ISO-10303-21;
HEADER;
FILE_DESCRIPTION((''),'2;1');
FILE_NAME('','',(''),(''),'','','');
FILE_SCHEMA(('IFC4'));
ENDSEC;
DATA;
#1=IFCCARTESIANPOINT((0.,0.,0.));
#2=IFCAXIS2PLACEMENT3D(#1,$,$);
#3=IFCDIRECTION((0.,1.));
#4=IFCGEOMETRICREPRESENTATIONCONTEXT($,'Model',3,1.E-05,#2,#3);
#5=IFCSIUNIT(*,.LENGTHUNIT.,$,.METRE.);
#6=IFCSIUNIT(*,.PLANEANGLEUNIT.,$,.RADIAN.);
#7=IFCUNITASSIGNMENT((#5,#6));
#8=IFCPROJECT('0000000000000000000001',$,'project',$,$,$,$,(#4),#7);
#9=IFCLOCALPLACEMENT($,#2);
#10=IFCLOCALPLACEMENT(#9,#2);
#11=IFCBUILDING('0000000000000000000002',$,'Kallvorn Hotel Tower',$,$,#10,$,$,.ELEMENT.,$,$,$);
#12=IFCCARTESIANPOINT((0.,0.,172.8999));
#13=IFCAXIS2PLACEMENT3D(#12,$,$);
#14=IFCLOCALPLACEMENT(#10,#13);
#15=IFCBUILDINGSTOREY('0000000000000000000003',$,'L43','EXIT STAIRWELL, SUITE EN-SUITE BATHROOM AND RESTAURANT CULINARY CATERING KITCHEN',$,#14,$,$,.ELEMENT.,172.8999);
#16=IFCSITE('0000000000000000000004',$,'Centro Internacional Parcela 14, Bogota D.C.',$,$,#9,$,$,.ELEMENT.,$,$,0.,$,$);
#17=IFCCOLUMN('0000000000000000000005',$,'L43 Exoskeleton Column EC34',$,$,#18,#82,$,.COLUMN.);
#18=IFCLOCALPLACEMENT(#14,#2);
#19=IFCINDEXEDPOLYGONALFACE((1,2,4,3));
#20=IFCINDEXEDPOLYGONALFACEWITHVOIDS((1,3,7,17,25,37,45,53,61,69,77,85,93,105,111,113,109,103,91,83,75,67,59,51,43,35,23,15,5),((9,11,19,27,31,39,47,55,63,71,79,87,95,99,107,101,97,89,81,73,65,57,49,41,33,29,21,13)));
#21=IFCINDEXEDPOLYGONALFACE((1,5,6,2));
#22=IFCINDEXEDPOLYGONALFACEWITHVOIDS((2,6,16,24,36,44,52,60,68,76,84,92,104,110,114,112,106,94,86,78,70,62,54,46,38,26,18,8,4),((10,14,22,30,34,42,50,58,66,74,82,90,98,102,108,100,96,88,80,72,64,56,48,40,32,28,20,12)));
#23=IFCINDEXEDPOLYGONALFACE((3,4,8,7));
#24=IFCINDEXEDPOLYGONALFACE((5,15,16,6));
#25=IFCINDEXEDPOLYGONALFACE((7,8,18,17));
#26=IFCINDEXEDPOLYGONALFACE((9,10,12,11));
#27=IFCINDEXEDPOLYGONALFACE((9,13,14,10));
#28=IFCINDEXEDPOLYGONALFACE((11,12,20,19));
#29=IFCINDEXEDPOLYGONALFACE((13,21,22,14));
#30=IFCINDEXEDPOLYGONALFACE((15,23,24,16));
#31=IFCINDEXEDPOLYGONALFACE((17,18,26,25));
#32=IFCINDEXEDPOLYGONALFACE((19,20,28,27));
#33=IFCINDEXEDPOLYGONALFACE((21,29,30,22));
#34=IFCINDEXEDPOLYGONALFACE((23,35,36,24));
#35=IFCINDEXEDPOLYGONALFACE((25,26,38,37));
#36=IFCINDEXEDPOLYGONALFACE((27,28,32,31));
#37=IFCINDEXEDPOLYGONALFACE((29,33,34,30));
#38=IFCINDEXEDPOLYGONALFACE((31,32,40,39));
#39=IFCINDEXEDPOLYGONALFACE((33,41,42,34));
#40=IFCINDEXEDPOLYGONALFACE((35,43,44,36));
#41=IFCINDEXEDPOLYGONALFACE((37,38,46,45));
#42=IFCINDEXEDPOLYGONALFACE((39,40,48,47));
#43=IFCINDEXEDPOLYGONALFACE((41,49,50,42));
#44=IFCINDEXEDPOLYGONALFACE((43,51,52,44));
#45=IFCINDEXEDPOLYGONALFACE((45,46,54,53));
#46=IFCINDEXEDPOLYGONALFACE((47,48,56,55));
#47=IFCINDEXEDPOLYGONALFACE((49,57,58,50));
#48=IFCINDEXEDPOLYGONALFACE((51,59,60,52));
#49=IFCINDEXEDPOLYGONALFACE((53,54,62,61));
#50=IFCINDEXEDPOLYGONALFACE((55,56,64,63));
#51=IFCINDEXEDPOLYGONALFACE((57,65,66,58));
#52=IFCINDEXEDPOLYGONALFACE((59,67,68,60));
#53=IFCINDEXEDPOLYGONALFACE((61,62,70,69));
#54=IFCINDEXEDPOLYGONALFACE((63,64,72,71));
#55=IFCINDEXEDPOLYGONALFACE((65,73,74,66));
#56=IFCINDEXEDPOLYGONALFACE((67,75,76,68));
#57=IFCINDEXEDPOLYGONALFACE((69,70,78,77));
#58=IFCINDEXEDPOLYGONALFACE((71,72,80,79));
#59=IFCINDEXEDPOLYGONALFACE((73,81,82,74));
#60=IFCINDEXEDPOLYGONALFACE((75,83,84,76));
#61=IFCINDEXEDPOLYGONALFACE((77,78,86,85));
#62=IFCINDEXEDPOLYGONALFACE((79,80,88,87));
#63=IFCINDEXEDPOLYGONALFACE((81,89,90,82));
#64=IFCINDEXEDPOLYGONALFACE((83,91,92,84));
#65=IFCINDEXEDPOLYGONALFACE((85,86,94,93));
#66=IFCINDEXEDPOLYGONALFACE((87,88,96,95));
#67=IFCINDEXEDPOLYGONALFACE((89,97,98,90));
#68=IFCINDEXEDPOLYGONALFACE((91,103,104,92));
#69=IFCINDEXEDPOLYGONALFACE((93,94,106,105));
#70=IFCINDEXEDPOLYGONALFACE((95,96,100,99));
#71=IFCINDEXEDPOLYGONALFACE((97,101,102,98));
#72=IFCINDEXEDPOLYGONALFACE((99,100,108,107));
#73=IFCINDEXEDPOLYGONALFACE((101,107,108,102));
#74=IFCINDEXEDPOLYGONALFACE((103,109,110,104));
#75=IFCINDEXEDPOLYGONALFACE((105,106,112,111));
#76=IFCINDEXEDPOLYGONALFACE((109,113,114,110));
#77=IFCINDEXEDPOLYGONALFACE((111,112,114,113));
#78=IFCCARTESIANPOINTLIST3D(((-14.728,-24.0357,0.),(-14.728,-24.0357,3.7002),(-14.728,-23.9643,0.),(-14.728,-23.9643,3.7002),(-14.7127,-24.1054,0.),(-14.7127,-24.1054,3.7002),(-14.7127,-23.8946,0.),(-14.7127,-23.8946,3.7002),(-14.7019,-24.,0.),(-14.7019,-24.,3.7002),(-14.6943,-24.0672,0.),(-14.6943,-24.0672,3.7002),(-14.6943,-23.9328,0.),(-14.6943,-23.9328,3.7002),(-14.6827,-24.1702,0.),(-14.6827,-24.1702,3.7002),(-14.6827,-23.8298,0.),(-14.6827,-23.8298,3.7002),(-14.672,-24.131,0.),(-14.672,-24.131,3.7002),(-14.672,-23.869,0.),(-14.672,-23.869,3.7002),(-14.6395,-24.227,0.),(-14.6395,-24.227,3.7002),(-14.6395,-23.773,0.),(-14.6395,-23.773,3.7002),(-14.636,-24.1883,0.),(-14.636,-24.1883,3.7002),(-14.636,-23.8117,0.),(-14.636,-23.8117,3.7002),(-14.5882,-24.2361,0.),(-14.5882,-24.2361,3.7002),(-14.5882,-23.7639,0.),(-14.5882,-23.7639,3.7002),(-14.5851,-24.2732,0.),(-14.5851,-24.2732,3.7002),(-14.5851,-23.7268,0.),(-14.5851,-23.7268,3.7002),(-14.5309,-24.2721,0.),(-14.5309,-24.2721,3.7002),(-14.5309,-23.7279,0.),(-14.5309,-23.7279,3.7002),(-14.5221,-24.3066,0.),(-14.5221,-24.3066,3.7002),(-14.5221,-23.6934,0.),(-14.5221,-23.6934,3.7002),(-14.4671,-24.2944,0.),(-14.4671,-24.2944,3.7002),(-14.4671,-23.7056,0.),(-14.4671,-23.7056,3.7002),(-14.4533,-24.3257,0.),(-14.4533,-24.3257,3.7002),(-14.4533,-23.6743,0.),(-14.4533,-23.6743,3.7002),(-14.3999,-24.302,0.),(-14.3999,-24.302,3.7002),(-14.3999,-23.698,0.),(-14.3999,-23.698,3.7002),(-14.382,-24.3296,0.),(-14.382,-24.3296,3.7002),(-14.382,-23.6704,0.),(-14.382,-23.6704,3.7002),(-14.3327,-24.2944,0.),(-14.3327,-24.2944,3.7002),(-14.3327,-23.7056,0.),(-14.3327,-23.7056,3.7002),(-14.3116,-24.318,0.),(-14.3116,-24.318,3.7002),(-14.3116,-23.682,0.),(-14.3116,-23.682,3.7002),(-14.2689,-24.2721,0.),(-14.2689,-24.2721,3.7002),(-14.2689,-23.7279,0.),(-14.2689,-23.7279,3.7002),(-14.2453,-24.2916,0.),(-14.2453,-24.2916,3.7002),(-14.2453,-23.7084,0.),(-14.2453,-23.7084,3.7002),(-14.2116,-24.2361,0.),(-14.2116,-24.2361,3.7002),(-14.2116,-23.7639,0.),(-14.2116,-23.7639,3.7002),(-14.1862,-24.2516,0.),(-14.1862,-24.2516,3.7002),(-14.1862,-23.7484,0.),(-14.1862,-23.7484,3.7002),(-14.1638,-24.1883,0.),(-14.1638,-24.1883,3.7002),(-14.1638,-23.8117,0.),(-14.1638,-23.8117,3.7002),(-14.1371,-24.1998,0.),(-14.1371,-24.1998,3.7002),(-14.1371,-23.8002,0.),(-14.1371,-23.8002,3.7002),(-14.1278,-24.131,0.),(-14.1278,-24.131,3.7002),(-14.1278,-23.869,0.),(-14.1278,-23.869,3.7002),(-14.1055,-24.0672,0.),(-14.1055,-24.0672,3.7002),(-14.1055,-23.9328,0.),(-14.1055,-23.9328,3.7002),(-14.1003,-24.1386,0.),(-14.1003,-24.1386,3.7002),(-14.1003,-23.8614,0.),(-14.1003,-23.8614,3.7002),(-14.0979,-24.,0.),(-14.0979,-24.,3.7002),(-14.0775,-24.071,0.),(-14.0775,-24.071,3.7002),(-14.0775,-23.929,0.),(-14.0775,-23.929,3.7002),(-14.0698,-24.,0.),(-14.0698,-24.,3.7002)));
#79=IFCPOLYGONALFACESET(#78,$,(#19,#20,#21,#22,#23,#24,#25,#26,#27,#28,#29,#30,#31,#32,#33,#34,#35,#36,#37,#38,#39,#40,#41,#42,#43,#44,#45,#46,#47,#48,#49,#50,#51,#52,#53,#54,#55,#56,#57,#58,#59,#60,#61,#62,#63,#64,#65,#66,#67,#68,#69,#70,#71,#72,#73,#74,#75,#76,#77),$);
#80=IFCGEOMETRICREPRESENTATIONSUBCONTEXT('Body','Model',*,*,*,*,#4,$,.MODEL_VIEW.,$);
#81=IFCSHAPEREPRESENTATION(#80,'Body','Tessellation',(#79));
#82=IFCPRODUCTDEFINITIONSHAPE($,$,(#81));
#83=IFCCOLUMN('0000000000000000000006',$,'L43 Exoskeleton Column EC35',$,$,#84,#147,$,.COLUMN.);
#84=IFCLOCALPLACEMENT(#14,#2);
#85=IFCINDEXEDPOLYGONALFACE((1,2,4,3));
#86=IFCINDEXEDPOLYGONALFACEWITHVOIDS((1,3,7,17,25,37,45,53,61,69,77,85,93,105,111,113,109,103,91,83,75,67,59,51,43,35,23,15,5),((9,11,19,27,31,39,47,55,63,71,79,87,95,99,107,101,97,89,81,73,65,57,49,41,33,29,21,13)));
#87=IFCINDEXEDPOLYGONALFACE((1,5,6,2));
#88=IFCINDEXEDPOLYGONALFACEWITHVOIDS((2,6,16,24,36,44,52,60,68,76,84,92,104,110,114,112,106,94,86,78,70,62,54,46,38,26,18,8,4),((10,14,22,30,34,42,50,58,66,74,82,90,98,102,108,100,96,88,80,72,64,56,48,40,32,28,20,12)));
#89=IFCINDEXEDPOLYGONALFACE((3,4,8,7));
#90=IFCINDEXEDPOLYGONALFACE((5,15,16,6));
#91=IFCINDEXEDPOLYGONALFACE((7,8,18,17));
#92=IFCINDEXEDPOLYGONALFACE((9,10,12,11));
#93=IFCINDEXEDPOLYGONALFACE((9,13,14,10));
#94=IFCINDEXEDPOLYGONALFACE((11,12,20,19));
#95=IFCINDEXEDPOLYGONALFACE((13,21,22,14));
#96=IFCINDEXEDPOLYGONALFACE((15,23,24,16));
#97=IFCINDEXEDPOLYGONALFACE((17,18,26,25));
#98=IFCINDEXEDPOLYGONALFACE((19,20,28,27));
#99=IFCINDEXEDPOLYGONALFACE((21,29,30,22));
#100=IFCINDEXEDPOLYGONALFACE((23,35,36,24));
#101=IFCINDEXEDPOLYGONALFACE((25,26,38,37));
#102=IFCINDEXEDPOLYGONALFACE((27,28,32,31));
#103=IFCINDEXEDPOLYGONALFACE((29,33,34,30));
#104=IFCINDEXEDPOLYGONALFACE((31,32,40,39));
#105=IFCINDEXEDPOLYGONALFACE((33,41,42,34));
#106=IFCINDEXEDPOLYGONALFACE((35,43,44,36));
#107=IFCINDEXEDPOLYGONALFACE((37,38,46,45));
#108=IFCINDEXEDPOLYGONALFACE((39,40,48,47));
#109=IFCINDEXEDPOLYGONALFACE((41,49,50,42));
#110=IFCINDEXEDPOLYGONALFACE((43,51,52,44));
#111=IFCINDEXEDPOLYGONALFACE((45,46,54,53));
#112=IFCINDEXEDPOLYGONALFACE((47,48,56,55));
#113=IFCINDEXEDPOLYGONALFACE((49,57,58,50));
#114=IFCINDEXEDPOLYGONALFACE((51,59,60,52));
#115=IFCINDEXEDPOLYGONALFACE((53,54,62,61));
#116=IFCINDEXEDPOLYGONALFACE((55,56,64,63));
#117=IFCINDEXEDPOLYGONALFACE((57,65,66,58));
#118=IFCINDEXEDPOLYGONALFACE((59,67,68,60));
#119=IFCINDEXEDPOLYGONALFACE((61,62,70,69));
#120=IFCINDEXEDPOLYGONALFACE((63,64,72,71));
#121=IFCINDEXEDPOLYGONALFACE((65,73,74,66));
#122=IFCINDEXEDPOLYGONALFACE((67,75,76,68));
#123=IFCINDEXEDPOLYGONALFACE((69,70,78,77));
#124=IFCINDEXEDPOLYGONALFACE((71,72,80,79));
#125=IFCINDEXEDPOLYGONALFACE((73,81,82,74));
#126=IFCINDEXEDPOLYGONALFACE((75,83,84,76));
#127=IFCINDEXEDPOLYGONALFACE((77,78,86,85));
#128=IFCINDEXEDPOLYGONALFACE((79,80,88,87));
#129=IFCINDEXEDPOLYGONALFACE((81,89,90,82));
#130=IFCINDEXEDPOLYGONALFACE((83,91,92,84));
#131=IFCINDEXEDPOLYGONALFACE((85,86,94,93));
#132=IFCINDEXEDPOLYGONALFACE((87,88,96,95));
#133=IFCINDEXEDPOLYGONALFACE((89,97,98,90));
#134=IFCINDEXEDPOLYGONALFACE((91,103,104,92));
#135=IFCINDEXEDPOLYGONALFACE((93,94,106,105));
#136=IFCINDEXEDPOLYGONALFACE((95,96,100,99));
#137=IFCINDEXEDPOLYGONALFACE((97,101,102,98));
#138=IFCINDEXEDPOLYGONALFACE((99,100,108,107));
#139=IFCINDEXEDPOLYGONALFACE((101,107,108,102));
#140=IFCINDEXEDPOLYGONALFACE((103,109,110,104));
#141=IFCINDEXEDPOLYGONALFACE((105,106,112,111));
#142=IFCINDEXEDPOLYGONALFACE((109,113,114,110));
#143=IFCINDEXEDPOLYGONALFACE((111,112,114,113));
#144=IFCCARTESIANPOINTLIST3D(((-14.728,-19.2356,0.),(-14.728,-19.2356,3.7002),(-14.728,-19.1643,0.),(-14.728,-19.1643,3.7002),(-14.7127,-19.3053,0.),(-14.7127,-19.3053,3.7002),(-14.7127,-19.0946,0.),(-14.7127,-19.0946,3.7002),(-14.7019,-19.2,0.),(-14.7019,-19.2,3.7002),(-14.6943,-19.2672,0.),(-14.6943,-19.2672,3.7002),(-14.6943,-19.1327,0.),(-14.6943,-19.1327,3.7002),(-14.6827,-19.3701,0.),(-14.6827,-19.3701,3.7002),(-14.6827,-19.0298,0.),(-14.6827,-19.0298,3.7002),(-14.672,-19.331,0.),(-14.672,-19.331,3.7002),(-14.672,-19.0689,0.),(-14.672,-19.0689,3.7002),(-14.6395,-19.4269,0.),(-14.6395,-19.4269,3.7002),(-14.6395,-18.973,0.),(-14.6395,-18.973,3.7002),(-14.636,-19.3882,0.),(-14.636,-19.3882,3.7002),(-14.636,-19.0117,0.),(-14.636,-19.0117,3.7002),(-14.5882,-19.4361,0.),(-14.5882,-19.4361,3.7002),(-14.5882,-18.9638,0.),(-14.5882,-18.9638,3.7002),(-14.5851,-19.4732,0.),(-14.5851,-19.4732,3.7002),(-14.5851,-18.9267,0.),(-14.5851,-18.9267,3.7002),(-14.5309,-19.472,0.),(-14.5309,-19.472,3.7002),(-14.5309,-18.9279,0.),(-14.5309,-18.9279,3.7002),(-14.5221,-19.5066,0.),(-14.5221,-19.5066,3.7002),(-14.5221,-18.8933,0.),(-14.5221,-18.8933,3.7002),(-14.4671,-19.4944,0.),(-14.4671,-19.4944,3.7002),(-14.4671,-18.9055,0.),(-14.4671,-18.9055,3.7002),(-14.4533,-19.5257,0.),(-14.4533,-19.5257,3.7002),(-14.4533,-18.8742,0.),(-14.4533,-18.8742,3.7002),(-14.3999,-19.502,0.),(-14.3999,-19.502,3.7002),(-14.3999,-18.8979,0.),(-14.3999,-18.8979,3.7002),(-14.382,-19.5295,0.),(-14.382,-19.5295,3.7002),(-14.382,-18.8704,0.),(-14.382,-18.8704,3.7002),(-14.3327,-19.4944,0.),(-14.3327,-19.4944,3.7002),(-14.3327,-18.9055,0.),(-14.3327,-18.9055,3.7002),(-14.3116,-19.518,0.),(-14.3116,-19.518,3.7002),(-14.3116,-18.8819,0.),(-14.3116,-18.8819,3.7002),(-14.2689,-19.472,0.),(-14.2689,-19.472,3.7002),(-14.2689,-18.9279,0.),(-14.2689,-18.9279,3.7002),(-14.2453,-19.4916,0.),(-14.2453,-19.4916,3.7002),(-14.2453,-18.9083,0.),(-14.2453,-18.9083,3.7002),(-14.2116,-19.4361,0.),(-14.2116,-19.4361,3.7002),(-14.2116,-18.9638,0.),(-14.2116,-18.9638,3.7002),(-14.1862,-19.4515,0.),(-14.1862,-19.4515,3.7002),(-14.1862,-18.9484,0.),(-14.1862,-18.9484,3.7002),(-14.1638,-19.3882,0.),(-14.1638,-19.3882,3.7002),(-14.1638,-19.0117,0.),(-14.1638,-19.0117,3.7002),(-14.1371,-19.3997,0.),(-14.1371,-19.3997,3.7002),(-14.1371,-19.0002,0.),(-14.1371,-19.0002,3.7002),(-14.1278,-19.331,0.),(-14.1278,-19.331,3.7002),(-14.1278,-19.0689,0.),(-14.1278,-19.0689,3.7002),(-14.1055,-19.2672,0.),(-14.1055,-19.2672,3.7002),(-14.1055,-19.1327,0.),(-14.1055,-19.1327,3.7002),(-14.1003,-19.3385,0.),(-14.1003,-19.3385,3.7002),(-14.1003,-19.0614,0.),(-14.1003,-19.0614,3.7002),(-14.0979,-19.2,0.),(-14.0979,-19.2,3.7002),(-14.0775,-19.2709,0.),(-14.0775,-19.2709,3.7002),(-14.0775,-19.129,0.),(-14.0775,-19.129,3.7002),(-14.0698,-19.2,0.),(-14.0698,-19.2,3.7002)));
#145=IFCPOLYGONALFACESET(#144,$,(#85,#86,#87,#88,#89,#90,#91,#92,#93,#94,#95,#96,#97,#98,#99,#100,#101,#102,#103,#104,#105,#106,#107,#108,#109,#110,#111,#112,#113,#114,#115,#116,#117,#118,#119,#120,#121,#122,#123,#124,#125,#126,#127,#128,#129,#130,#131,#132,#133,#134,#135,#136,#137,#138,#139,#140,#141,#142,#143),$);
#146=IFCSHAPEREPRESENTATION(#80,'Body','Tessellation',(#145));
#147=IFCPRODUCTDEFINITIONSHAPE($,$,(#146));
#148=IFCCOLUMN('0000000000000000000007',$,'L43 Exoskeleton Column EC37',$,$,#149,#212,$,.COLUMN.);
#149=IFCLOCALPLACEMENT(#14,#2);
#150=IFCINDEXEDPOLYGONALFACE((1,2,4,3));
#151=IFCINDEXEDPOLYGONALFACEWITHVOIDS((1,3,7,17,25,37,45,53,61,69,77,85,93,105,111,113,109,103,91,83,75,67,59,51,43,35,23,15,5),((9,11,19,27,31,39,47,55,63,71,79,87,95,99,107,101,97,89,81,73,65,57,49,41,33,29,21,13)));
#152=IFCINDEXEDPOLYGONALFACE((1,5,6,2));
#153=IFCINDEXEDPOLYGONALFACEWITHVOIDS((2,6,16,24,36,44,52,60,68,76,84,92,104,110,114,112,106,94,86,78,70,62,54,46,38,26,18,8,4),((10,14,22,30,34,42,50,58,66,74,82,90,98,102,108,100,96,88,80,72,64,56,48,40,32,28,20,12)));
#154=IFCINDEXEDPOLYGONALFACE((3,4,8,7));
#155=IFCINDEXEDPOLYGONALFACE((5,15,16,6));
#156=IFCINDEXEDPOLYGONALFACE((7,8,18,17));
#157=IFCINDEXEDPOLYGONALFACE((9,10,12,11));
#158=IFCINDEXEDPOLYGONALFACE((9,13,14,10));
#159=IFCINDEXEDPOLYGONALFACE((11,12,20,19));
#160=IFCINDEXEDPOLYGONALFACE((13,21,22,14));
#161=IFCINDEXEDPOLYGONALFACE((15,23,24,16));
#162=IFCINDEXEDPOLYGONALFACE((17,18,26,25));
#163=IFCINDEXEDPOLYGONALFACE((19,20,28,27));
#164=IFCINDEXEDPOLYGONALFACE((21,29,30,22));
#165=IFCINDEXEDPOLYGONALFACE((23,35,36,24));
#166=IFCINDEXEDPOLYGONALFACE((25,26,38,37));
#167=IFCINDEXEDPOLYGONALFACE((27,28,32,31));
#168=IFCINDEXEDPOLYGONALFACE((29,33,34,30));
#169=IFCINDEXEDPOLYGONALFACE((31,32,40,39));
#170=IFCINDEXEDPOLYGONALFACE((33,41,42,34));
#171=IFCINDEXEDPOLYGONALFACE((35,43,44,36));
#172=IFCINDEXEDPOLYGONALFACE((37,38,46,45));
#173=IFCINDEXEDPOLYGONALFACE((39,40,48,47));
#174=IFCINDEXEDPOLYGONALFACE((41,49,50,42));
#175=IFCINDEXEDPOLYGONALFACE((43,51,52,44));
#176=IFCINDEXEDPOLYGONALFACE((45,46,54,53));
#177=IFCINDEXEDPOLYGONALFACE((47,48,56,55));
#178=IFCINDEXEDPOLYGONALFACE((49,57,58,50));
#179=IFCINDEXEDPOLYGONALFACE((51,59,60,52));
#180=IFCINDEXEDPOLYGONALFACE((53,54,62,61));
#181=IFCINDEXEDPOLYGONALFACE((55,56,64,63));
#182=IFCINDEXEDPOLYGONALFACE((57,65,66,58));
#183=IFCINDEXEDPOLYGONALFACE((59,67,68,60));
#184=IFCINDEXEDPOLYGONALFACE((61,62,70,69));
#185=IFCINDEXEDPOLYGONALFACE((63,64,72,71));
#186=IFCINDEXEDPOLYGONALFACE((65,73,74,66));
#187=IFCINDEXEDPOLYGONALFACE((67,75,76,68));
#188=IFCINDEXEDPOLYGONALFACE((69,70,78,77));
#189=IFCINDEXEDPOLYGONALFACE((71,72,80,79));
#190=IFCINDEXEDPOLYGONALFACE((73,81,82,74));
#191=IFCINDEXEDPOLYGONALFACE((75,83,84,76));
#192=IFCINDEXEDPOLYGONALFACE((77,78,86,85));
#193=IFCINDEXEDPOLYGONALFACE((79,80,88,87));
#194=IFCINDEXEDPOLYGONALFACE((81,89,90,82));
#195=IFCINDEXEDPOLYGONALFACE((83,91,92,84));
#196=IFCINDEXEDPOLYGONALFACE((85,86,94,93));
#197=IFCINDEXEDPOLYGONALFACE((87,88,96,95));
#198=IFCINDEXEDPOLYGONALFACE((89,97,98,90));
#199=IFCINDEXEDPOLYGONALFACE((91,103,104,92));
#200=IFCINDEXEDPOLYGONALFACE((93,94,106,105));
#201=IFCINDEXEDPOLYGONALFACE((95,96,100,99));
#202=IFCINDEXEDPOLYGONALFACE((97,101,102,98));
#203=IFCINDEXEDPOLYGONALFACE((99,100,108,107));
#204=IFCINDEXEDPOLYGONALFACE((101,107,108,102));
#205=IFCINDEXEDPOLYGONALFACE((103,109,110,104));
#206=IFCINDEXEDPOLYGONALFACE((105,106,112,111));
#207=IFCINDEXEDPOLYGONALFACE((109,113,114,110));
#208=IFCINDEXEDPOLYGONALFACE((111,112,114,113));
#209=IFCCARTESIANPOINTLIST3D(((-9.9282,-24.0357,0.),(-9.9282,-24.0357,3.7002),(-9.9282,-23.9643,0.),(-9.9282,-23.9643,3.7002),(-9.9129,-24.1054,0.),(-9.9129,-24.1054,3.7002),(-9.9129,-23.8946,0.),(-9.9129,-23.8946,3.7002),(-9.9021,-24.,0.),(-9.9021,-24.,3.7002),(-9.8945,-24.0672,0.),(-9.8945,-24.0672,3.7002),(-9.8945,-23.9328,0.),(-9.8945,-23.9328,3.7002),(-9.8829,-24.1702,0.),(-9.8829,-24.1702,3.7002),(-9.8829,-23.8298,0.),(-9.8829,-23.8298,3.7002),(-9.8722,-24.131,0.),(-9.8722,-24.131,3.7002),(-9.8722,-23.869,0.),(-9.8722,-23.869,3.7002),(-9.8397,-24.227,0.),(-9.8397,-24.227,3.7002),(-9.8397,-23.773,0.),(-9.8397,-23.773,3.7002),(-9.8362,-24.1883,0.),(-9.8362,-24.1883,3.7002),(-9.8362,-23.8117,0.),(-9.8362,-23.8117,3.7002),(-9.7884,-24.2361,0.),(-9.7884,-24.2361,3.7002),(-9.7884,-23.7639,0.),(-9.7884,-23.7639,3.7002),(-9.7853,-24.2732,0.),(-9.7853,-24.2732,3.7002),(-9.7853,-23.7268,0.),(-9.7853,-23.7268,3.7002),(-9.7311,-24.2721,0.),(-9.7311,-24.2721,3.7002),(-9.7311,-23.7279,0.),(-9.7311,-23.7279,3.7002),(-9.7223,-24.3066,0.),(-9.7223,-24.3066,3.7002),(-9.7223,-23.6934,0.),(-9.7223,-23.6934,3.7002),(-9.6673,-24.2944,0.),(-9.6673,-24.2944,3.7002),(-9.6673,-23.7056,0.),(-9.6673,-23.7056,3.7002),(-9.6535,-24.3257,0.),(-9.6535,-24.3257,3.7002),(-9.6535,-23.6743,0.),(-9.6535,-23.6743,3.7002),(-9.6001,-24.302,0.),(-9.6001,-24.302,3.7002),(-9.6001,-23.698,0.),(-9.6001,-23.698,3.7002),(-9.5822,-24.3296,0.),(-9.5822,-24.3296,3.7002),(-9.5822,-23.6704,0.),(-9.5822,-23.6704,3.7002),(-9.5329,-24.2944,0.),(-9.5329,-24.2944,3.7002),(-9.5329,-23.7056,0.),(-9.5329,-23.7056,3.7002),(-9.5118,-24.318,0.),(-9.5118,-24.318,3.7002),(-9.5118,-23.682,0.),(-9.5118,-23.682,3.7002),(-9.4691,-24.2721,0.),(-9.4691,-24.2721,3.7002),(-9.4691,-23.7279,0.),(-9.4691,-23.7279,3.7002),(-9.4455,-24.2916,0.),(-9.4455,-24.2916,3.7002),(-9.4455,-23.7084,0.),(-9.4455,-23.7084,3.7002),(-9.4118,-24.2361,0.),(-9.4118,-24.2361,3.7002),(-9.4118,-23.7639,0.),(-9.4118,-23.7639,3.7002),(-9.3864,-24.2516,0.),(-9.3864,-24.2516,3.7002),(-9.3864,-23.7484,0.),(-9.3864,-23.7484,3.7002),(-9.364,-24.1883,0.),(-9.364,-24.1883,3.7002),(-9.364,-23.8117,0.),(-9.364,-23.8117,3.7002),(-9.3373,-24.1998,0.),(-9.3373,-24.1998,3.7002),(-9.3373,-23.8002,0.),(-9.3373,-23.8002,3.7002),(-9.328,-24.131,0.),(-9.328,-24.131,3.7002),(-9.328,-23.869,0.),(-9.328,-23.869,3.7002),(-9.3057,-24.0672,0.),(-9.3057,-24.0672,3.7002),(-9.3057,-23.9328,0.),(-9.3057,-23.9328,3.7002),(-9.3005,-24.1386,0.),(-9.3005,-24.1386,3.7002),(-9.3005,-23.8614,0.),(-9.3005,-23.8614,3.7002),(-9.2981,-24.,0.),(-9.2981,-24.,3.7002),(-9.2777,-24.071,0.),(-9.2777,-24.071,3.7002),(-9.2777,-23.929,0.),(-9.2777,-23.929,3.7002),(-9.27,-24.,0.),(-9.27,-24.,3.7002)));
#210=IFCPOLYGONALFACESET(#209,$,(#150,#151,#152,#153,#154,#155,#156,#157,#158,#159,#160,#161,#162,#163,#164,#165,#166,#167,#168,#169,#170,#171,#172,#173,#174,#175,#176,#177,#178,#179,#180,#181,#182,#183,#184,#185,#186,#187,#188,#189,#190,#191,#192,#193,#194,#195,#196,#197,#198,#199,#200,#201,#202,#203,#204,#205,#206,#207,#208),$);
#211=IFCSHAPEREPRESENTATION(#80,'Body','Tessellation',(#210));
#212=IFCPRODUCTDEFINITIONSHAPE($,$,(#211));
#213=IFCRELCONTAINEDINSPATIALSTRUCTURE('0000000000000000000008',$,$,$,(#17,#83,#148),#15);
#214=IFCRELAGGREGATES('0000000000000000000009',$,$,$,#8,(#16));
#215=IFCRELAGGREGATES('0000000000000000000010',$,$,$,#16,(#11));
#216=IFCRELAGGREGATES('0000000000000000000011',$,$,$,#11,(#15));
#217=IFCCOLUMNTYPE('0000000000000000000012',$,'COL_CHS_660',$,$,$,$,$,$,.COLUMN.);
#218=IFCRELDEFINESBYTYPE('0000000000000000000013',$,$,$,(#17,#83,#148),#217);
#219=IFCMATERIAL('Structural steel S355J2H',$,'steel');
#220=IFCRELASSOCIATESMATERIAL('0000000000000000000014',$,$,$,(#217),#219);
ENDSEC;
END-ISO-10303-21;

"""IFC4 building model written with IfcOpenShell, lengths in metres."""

from ifc_helpers import new_model, si_unit, direction, frame, origin, origin_2d, place, context, subcontext, project, spatial, hollow_circle, extrude, material, material_profile, profile_set, type_object, element, save


model = new_model("IFC4")

# Units and contexts
model_context = context("Model", 3, precision=1e-05, world=origin(), true_north=direction((0.0, 1.0)))
body_context = subcontext(model_context, "Body", "Model", "MODEL_VIEW")
ifc_project = project(units=[si_unit("LENGTHUNIT", "METRE"), si_unit("PLANEANGLEUNIT", "RADIAN")], contexts=[model_context])

# Site, building, storey
site_placement = place(None, origin())
site = spatial("IfcSite", under=ifc_project, at=site_placement, Name="Centro Internacional Parcela 14, Bogota D.C.", CompositionType="ELEMENT", RefElevation=0.0)
building_placement = place(site_placement, origin())
building = spatial("IfcBuilding", under=site, at=building_placement, Name="Kallvorn Hotel Tower", CompositionType="ELEMENT")
storey_placement = place(building_placement, frame((0.0, 0.0, 172.8999)))
storey = spatial("IfcBuildingStorey", under=building, at=storey_placement, Name="L43", Description="EXIT STAIRWELL, SUITE EN-SUITE BATHROOM AND RESTAURANT CULINARY CATERING KITCHEN", CompositionType="ELEMENT", Elevation=172.8999)

# Columns
ifc_material_1 = material(Name="Structural steel S355J2H", Category="steel")
ifc_material_profile_1 = material_profile(ifc_material_1, hollow_circle(Radius=0.3301, WallThickness=0.0281, at=origin_2d()), Name="CHS 660x28")
ifc_profile_set_1 = profile_set([ifc_material_profile_1], Name="Structural steel S355J2H")
column_type_1 = type_object("IfcColumnType", Name="COL_CHS_660", PredefinedType="COLUMN", material=ifc_profile_set_1)
for number, where, z_axis, x_axis, name in (
    (1, (-14.3999, -24.0, 0.0), (0.0, 0.0, 1.0), (1.0, 0.0, 0.0), "L43 Exoskeleton Column EC34"),
    (2, (-14.3999, -19.2, 0.0), (0.0, 0.0, 1.0), (1.0, 0.0, 0.0), "L43 Exoskeleton Column EC35"),
    (3, (-9.6001, -24.0, 0.0), (0.0, 0.0, 1.0), (1.0, 0.0, 0.0), "L43 Exoskeleton Column EC37"),
):
    element("IfcColumn", number, at=place(storey_placement, frame(where, z_axis=z_axis, x_axis=x_axis)), inside=storey, type_object=column_type_1, Name=name, PredefinedType="COLUMN", context=body_context, shape_type="SweptSolid", body=[
        extrude(hollow_circle(Radius=0.3301, WallThickness=0.0281, at=origin_2d()), origin(), (0.0, 0.0, 1.0), 3.7002),
    ])

save(model, "model.ifc")
